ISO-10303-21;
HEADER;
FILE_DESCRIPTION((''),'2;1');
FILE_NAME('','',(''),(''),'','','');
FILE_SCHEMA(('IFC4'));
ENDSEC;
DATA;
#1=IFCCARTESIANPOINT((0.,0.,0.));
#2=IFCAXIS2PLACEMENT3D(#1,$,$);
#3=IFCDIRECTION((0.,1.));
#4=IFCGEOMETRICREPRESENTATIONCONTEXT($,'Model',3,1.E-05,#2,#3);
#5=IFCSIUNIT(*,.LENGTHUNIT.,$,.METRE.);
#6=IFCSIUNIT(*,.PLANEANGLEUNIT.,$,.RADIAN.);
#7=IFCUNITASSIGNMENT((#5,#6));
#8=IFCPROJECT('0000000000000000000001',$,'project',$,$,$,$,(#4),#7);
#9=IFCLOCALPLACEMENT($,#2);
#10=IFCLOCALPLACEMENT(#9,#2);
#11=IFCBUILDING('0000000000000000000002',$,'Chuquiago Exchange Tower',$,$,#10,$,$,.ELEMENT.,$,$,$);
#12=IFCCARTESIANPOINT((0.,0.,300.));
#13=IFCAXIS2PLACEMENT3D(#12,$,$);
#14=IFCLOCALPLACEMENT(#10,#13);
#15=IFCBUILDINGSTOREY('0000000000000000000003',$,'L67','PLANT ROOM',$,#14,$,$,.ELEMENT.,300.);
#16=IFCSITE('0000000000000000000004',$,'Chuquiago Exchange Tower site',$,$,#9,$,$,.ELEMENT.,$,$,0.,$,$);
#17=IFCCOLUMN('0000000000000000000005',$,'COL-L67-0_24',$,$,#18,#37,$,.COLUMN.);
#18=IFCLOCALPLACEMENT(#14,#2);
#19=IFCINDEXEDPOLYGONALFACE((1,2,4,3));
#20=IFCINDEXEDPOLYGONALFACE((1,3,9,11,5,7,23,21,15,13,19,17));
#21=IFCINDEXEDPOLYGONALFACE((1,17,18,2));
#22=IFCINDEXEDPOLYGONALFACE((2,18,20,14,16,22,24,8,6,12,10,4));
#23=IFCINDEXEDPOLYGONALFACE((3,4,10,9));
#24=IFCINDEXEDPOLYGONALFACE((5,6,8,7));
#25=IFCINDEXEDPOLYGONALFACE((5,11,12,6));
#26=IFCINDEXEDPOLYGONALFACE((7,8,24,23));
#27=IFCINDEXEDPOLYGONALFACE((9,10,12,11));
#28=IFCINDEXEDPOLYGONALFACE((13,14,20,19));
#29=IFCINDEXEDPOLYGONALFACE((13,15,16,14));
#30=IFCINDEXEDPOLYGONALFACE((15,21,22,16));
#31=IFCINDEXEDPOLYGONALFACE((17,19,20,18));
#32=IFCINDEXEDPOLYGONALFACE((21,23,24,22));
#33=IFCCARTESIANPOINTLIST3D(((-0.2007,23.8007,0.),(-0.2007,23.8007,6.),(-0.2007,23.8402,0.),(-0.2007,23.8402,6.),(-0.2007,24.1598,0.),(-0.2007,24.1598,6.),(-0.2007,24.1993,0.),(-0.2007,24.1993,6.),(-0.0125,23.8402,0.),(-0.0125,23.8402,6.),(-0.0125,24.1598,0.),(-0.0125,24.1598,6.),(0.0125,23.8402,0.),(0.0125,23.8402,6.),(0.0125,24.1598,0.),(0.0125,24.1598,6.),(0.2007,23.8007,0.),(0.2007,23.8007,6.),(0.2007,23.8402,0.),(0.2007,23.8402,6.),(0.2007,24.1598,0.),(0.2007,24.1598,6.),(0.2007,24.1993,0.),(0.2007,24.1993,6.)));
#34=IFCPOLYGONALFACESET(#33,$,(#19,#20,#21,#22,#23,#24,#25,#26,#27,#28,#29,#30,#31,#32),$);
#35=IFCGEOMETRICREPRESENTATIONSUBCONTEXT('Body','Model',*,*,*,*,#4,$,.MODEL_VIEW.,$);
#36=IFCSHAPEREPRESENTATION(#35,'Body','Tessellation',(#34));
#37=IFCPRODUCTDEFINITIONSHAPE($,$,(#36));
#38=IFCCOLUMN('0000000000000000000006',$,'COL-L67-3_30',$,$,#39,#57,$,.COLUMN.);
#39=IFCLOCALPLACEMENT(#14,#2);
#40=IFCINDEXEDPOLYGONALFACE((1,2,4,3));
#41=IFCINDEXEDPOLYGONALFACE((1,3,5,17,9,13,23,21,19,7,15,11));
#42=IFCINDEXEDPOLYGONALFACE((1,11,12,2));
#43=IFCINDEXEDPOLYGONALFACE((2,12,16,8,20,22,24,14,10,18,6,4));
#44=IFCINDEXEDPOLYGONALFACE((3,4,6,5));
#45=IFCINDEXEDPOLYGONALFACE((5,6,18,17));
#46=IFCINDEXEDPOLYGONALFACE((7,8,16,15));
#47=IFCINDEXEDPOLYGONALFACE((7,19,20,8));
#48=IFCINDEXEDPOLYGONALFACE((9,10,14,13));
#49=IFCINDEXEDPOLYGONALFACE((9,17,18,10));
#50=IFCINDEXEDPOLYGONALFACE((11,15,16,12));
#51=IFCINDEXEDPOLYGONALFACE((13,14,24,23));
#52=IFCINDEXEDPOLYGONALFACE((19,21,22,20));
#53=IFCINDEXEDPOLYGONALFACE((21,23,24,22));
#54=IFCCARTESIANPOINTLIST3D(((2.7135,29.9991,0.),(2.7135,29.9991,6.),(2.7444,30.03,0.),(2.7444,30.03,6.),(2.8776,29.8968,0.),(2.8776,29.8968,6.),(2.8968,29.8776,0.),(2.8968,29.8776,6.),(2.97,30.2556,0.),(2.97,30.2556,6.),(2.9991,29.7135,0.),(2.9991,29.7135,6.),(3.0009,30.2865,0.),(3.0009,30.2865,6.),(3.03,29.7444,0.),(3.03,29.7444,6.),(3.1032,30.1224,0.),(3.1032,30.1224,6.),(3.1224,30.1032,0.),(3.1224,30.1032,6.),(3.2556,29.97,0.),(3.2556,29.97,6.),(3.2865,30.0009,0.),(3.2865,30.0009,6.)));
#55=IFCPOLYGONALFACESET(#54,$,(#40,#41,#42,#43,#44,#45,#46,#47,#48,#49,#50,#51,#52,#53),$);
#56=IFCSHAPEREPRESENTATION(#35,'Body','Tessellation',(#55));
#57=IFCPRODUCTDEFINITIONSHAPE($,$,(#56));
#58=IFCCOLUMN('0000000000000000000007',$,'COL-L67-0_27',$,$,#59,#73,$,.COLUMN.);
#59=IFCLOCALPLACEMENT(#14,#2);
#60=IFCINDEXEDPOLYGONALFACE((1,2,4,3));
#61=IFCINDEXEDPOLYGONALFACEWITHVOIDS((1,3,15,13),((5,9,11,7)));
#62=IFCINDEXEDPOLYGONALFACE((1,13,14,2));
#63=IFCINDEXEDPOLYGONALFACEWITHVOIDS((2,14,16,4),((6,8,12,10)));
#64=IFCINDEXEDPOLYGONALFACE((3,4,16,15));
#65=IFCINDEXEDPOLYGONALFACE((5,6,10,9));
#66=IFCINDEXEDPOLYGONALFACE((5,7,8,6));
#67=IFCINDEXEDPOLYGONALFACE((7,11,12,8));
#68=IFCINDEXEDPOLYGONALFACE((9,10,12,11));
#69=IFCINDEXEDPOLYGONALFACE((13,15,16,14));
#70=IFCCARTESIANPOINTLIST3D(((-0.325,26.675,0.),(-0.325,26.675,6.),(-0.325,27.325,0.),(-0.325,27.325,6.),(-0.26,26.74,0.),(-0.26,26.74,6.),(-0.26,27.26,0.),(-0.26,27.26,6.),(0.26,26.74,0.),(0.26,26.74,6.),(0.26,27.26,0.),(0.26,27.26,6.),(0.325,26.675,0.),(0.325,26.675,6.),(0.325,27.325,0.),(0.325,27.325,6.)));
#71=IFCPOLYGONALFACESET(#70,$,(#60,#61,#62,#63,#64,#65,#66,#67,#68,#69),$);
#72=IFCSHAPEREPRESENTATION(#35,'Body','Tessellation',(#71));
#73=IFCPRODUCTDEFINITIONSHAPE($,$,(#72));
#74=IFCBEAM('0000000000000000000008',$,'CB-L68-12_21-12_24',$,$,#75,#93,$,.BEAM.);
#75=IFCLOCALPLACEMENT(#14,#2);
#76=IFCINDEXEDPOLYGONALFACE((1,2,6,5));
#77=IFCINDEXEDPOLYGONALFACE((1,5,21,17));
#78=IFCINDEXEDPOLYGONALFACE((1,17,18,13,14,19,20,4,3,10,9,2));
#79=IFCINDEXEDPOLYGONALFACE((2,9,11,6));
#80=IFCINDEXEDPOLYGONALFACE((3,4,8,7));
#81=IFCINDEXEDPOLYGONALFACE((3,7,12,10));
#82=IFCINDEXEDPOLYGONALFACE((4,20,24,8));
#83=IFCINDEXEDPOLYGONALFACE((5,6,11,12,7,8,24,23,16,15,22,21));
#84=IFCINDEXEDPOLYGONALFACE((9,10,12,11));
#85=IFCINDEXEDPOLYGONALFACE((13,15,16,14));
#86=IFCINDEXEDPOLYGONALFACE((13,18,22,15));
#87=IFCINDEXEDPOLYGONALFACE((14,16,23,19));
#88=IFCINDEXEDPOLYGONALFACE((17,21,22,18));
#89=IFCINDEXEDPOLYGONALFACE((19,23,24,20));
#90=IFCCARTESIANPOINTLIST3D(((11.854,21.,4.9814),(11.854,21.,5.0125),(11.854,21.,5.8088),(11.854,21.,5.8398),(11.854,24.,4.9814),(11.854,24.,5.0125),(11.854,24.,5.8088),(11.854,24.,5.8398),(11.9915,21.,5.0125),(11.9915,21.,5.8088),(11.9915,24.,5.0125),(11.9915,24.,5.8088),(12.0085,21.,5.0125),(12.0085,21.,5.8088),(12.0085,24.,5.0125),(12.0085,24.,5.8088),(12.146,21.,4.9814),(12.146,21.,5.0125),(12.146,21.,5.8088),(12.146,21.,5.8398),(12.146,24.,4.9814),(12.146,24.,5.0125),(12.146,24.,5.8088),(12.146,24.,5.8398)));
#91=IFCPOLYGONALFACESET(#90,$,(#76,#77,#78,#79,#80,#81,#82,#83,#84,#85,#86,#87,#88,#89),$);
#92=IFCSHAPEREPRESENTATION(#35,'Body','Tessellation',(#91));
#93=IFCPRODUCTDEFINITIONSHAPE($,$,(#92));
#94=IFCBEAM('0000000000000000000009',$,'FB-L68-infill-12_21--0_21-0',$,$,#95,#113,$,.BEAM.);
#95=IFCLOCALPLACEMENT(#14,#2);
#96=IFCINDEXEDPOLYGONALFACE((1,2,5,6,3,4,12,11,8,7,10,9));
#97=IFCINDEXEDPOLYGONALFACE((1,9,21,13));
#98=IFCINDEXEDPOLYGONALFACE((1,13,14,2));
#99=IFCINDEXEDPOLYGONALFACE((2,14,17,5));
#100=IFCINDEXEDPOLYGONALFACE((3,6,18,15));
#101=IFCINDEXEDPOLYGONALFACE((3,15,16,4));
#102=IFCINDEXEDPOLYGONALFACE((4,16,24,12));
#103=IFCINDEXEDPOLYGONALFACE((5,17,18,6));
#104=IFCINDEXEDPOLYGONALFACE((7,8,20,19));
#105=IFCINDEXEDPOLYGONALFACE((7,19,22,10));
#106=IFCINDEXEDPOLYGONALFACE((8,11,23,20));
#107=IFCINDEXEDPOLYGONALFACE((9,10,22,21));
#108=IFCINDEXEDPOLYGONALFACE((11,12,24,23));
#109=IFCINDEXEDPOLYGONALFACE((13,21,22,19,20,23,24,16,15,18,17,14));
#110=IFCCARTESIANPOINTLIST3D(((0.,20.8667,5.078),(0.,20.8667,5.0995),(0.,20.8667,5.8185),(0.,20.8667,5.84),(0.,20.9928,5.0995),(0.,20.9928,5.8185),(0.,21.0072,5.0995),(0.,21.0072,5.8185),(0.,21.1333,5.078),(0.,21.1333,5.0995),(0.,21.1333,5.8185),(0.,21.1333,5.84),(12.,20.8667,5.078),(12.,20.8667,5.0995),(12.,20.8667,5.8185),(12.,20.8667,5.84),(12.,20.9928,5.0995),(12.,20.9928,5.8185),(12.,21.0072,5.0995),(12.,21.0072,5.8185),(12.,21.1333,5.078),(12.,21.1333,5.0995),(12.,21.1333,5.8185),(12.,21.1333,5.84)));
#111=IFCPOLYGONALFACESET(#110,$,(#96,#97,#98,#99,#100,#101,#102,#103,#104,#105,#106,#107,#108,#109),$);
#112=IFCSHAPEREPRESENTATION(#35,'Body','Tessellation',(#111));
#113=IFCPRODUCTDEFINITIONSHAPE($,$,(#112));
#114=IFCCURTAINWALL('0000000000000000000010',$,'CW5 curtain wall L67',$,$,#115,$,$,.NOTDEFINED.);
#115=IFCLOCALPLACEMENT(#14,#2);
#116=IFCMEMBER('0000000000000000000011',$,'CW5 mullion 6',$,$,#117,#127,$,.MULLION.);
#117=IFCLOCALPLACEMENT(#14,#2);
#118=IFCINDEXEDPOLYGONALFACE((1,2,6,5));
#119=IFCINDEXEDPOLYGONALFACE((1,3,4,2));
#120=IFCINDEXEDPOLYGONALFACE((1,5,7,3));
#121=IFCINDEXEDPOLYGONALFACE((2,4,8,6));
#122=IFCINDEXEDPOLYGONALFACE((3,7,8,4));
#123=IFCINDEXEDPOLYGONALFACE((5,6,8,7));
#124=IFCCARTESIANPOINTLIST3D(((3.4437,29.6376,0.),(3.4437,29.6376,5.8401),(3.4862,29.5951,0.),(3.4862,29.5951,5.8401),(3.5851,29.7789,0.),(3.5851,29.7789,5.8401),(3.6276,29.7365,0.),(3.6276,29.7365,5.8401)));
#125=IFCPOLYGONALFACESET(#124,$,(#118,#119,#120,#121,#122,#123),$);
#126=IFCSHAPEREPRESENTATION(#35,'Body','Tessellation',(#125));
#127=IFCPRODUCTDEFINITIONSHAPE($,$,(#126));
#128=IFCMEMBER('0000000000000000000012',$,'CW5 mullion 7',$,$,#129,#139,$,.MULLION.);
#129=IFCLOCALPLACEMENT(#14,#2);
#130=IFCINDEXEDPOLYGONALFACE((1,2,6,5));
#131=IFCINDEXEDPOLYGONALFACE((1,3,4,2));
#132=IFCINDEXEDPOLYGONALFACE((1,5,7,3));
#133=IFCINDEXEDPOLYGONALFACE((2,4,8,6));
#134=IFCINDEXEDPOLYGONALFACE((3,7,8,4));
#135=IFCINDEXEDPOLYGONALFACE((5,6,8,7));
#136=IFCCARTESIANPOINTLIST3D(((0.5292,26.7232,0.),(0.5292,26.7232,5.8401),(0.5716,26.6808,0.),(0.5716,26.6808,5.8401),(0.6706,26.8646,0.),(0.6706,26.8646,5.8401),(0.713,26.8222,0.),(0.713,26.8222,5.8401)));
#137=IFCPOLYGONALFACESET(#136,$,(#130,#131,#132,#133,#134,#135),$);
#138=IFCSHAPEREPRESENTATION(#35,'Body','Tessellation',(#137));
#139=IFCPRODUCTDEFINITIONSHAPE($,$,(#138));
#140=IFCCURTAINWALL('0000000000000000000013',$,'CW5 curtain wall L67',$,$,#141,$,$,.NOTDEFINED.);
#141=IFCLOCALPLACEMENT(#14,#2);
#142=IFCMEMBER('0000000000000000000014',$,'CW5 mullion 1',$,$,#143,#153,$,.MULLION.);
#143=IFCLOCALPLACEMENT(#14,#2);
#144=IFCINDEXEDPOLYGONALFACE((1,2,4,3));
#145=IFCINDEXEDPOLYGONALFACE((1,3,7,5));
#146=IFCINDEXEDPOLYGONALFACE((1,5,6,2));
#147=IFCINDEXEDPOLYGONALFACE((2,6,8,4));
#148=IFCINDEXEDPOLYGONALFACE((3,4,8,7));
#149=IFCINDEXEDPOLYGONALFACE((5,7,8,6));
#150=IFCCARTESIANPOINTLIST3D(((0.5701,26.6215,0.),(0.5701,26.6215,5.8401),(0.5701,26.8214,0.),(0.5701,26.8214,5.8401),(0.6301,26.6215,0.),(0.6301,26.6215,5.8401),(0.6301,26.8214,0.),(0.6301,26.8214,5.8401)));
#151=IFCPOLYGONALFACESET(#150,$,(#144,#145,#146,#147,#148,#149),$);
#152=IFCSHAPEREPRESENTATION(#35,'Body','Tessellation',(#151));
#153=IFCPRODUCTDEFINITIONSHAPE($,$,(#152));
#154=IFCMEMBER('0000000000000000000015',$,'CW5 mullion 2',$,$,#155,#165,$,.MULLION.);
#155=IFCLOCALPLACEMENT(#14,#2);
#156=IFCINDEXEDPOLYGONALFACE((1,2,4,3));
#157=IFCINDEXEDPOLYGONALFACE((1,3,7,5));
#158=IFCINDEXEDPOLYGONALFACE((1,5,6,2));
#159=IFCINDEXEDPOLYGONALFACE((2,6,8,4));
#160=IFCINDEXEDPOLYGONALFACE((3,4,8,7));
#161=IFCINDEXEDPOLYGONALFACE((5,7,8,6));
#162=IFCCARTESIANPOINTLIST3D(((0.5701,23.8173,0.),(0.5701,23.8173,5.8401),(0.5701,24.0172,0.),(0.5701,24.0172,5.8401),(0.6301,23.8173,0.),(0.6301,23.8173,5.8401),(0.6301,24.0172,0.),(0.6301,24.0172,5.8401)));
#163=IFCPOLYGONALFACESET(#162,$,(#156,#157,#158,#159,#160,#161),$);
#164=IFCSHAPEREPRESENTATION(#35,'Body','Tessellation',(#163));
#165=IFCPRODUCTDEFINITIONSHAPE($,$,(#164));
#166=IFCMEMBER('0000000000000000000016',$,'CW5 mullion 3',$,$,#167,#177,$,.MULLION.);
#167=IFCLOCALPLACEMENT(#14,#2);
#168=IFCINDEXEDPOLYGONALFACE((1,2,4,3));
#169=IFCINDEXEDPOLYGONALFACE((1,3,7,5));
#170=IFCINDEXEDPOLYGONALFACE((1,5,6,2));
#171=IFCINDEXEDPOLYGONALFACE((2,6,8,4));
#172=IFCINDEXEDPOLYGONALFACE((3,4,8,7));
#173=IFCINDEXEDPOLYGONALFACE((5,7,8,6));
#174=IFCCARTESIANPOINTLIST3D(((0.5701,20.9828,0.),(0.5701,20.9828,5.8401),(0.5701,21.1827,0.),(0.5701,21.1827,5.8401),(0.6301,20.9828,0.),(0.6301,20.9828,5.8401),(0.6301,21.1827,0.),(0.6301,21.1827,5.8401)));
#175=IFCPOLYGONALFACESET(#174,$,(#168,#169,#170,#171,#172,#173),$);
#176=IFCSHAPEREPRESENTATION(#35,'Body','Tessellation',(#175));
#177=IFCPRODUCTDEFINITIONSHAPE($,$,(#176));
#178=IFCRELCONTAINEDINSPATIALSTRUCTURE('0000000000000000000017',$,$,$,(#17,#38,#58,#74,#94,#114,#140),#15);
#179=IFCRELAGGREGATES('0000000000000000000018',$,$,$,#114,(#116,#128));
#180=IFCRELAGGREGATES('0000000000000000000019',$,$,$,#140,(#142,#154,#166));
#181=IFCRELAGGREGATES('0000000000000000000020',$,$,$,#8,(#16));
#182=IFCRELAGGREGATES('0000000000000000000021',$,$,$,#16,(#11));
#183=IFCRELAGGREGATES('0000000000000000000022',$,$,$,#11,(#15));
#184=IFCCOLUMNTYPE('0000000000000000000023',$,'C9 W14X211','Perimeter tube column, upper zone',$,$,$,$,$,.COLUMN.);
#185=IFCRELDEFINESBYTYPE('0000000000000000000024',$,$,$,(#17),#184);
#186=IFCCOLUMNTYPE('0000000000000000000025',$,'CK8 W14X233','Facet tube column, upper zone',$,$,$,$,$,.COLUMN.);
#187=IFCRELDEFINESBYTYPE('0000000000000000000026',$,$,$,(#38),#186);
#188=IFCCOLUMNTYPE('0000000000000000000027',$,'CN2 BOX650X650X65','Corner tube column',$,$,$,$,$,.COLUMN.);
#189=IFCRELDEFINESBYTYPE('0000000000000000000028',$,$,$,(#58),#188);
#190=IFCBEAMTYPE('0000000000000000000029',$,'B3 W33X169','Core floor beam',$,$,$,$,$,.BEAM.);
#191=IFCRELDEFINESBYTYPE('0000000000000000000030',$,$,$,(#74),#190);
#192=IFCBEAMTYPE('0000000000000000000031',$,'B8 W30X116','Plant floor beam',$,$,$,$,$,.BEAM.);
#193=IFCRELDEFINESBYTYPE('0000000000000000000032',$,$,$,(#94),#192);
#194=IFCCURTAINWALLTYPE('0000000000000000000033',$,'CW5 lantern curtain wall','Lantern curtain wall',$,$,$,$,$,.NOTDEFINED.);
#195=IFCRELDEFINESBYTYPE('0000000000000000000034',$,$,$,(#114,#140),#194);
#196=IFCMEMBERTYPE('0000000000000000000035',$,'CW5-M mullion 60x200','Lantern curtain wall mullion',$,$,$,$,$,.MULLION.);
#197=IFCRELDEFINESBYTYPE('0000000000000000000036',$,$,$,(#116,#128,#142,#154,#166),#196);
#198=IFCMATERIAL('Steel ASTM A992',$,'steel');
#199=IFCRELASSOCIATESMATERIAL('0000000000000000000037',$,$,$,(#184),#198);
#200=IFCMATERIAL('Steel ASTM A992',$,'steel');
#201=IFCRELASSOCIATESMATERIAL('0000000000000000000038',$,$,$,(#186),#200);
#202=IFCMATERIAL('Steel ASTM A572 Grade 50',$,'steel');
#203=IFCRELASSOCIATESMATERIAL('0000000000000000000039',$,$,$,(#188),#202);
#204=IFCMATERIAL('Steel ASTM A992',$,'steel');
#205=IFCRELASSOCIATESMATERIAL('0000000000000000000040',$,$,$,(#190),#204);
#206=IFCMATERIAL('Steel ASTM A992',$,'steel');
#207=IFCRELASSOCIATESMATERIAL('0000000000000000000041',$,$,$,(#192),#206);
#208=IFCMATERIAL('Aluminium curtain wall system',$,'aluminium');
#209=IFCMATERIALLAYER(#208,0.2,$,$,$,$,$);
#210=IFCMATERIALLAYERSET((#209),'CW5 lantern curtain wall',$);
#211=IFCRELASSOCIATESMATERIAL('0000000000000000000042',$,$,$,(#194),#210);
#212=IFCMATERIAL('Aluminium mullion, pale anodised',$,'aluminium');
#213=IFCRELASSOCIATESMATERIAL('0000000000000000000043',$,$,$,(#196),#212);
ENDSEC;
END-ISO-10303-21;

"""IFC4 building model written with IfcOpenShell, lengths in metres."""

from ifc_helpers import new_model, si_unit, direction, frame, origin, origin_2d, place, context, subcontext, project, spatial, rectangle, hollow_rectangle, i_section, extrude, material, layer, layer_set, material_profile, profile_set, type_object, element, aggregate, save


model = new_model("IFC4")

# Units and contexts
model_context = context("Model", 3, precision=1e-05, world=origin(), true_north=direction((0.0, 1.0)))
body_context = subcontext(model_context, "Body", "Model", "MODEL_VIEW")
ifc_project = project(units=[si_unit("LENGTHUNIT", "METRE"), si_unit("PLANEANGLEUNIT", "RADIAN")], contexts=[model_context])

# Site, building, storey
site_placement = place(None, origin())
site = spatial("IfcSite", under=ifc_project, at=site_placement, Name="Chuquiago Exchange Tower site", CompositionType="ELEMENT", RefElevation=0.0)
building_placement = place(site_placement, origin())
building = spatial("IfcBuilding", under=site, at=building_placement, Name="Chuquiago Exchange Tower", CompositionType="ELEMENT")
storey_placement = place(building_placement, frame((0.0, 0.0, 300.0)))
storey = spatial("IfcBuildingStorey", under=building, at=storey_placement, Name="L67", Description="PLANT ROOM", CompositionType="ELEMENT", Elevation=300.0)

# Columns
ifc_material_1 = material(Name="Steel ASTM A992", Category="steel")
ifc_material_profile_1 = material_profile(ifc_material_1, i_section(OverallWidth=0.4014, OverallDepth=0.3987, WebThickness=0.0249, FlangeThickness=0.0396, at=origin_2d()), Name="W14X211")
ifc_profile_set_1 = profile_set([ifc_material_profile_1], Name="Steel ASTM A992")
column_type_1 = type_object("IfcColumnType", Name="C9 W14X211", Description="Perimeter tube column, upper zone", PredefinedType="COLUMN", material=ifc_profile_set_1)
column_1_placement = place(storey_placement, frame((0.0, 24.0, 0.0), z_axis=(0.0, 0.0, 1.0), x_axis=(-1.0, 0.0, 0.0)))
element("IfcColumn", 1, at=column_1_placement, inside=storey, type_object=column_type_1, Name="COL-L67-0_24", PredefinedType="COLUMN", context=body_context, shape_type="SweptSolid", body=[
    extrude(i_section(OverallWidth=0.4014, OverallDepth=0.3987, WebThickness=0.0249, FlangeThickness=0.0396, at=origin_2d()), origin(), (0.0, 0.0, 1.0), 6.0),
])
ifc_material_2 = material(Name="Steel ASTM A992", Category="steel")
ifc_material_profile_2 = material_profile(ifc_material_2, i_section(OverallWidth=0.4038, OverallDepth=0.4065, WebThickness=0.0271, FlangeThickness=0.0437, at=origin_2d()), Name="W14X233")
ifc_profile_set_2 = profile_set([ifc_material_profile_2], Name="Steel ASTM A992")
column_type_2 = type_object("IfcColumnType", Name="CK8 W14X233", Description="Facet tube column, upper zone", PredefinedType="COLUMN", material=ifc_profile_set_2)
column_2_placement = place(storey_placement, frame((3.0, 30.0, 0.0), z_axis=(0.0, 0.0, 1.0), x_axis=(-0.707107, 0.707107, 0.0)))
element("IfcColumn", 2, at=column_2_placement, inside=storey, type_object=column_type_2, Name="COL-L67-3_30", PredefinedType="COLUMN", context=body_context, shape_type="SweptSolid", body=[
    extrude(i_section(OverallWidth=0.4038, OverallDepth=0.4065, WebThickness=0.0271, FlangeThickness=0.0437, at=origin_2d()), origin(), (0.0, 0.0, 1.0), 6.0),
])
ifc_material_3 = material(Name="Steel ASTM A572 Grade 50", Category="steel")
ifc_material_profile_3 = material_profile(ifc_material_3, hollow_rectangle(XDim=0.6499, YDim=0.6499, WallThickness=0.0649, at=origin_2d()), Name="BOX650X650X65")
ifc_profile_set_3 = profile_set([ifc_material_profile_3], Name="Steel ASTM A572 Grade 50")
column_type_3 = type_object("IfcColumnType", Name="CN2 BOX650X650X65", Description="Corner tube column", PredefinedType="COLUMN", material=ifc_profile_set_3)
column_3_placement = place(storey_placement, frame((0.0, 27.0, 0.0), z_axis=(0.0, 0.0, 1.0), x_axis=(-1.0, 0.0, 0.0)))
element("IfcColumn", 3, at=column_3_placement, inside=storey, type_object=column_type_3, Name="COL-L67-0_27", PredefinedType="COLUMN", context=body_context, shape_type="SweptSolid", body=[
    extrude(hollow_rectangle(XDim=0.6499, YDim=0.6499, WallThickness=0.0649, at=origin_2d()), origin(), (0.0, 0.0, 1.0), 6.0),
])

# Beams
ifc_material_4 = material(Name="Steel ASTM A992", Category="steel")
ifc_material_profile_4 = material_profile(ifc_material_4, i_section(OverallWidth=0.292, OverallDepth=0.8584, WebThickness=0.0171, FlangeThickness=0.031, at=origin_2d()), Name="W33X169")
ifc_profile_set_4 = profile_set([ifc_material_profile_4], Name="Steel ASTM A992")
beam_type_1 = type_object("IfcBeamType", Name="B3 W33X169", Description="Core floor beam", PredefinedType="BEAM", material=ifc_profile_set_4)
beam_1_placement = place(storey_placement, frame((12.0, 21.0, 5.4106), z_axis=(0.0, 1.0, 0.0), x_axis=(-1.0, 0.0, 0.0)))
element("IfcBeam", 4, at=beam_1_placement, inside=storey, type_object=beam_type_1, Name="CB-L68-12_21-12_24", PredefinedType="BEAM", context=body_context, shape_type="SweptSolid", body=[
    extrude(i_section(OverallWidth=0.292, OverallDepth=0.8584, WebThickness=0.0171, FlangeThickness=0.031, at=origin_2d()), origin(), (0.0, 0.0, 1.0), 3.0),
])
ifc_material_5 = material(Name="Steel ASTM A992", Category="steel")
ifc_material_profile_5 = material_profile(ifc_material_5, i_section(OverallWidth=0.2666, OverallDepth=0.762, WebThickness=0.0144, FlangeThickness=0.0215, at=origin_2d()), Name="W30X116")
ifc_profile_set_5 = profile_set([ifc_material_profile_5], Name="Steel ASTM A992")
beam_type_2 = type_object("IfcBeamType", Name="B8 W30X116", Description="Plant floor beam", PredefinedType="BEAM", material=ifc_profile_set_5)
beam_2_placement = place(storey_placement, frame((12.0, 21.0, 5.459), z_axis=(-1.0, 0.0, 0.0), x_axis=(0.0, -1.0, 0.0)))
element("IfcBeam", 5, at=beam_2_placement, inside=storey, type_object=beam_type_2, Name="FB-L68-infill-12_21--0_21-0", PredefinedType="BEAM", context=body_context, shape_type="SweptSolid", body=[
    extrude(i_section(OverallWidth=0.2666, OverallDepth=0.762, WebThickness=0.0144, FlangeThickness=0.0215, at=origin_2d()), origin(), (0.0, 0.0, 1.0), 12.0),
])

# Curtain walls, members
ifc_material_6 = material(Name="Aluminium curtain wall system", Category="aluminium")
ifc_layer_1 = layer(ifc_material_6, 0.2)
ifc_layer_set_1 = layer_set([ifc_layer_1], Name="CW5 lantern curtain wall")
curtain_wall_type = type_object("IfcCurtainWallType", Name="CW5 lantern curtain wall", Description="Lantern curtain wall", PredefinedType="NOTDEFINED", material=ifc_layer_set_1)
curtain_wall_1_placement = place(storey_placement, origin())
curtain_wall_1 = element("IfcCurtainWall", 6, at=curtain_wall_1_placement, inside=storey, type_object=curtain_wall_type, Name="CW5 curtain wall L67", PredefinedType="NOTDEFINED")
ifc_material_7 = material(Name="Aluminium mullion, pale anodised", Category="aluminium")
ifc_material_profile_6 = material_profile(ifc_material_7, rectangle(XDim=0.0601, YDim=0.2, at=origin_2d()), Name="AL 60x200")
ifc_profile_set_6 = profile_set([ifc_material_profile_6], Name="Aluminium mullion, pale anodised")
member_type_1 = type_object("IfcMemberType", Name="CW5-M mullion 60x200", Description="Lantern curtain wall mullion", PredefinedType="MULLION", material=ifc_profile_set_6)
member_1_placement = place(storey_placement, frame((3.5356, 29.687, 0.0), z_axis=(0.0, 0.0, 1.0), x_axis=(0.707105, -0.707109, 0.0)))
member_1 = element("IfcMember", 7, at=member_1_placement, type_object=member_type_1, Name="CW5 mullion 6", PredefinedType="MULLION", context=body_context, shape_type="SweptSolid", body=[
    extrude(rectangle(XDim=0.0601, YDim=0.2, at=origin_2d()), origin(), (0.0, 0.0, 1.0), 5.8401),
])
member_2_placement = place(storey_placement, frame((0.6211, 26.7727, 0.0), z_axis=(0.0, 0.0, 1.0), x_axis=(0.707105, -0.707109, 0.0)))
member_2 = element("IfcMember", 8, at=member_2_placement, type_object=member_type_1, Name="CW5 mullion 7", PredefinedType="MULLION", context=body_context, shape_type="SweptSolid", body=[
    extrude(rectangle(XDim=0.0601, YDim=0.2, at=origin_2d()), origin(), (0.0, 0.0, 1.0), 5.8401),
])
curtain_wall_2_placement = place(storey_placement, origin())
curtain_wall_2 = element("IfcCurtainWall", 9, at=curtain_wall_2_placement, inside=storey, type_object=curtain_wall_type, Name="CW5 curtain wall L67", PredefinedType="NOTDEFINED")
member_3_placement = place(storey_placement, frame((0.6001, 26.7214, 0.0), z_axis=(0.0, 0.0, 1.0), x_axis=(1.0, 0.0, 0.0)))
member_3 = element("IfcMember", 10, at=member_3_placement, type_object=member_type_1, Name="CW5 mullion 1", PredefinedType="MULLION", context=body_context, shape_type="SweptSolid", body=[
    extrude(rectangle(XDim=0.0601, YDim=0.2, at=origin_2d()), origin(), (0.0, 0.0, 1.0), 5.8401),
])
member_4_placement = place(storey_placement, frame((0.6001, 23.9172, 0.0), z_axis=(0.0, 0.0, 1.0), x_axis=(1.0, 0.0, 0.0)))
member_4 = element("IfcMember", 11, at=member_4_placement, type_object=member_type_1, Name="CW5 mullion 2", PredefinedType="MULLION", context=body_context, shape_type="SweptSolid", body=[
    extrude(rectangle(XDim=0.0601, YDim=0.2, at=origin_2d()), origin(), (0.0, 0.0, 1.0), 5.8401),
])
member_5_placement = place(storey_placement, frame((0.6001, 21.0828, 0.0), z_axis=(0.0, 0.0, 1.0), x_axis=(1.0, 0.0, 0.0)))
member_5 = element("IfcMember", 12, at=member_5_placement, type_object=member_type_1, Name="CW5 mullion 3", PredefinedType="MULLION", context=body_context, shape_type="SweptSolid", body=[
    extrude(rectangle(XDim=0.0601, YDim=0.2, at=origin_2d()), origin(), (0.0, 0.0, 1.0), 5.8401),
])

aggregate(curtain_wall_1, [member_1, member_2])
aggregate(curtain_wall_2, [member_3, member_4, member_5])

save(model, "model.ifc")
